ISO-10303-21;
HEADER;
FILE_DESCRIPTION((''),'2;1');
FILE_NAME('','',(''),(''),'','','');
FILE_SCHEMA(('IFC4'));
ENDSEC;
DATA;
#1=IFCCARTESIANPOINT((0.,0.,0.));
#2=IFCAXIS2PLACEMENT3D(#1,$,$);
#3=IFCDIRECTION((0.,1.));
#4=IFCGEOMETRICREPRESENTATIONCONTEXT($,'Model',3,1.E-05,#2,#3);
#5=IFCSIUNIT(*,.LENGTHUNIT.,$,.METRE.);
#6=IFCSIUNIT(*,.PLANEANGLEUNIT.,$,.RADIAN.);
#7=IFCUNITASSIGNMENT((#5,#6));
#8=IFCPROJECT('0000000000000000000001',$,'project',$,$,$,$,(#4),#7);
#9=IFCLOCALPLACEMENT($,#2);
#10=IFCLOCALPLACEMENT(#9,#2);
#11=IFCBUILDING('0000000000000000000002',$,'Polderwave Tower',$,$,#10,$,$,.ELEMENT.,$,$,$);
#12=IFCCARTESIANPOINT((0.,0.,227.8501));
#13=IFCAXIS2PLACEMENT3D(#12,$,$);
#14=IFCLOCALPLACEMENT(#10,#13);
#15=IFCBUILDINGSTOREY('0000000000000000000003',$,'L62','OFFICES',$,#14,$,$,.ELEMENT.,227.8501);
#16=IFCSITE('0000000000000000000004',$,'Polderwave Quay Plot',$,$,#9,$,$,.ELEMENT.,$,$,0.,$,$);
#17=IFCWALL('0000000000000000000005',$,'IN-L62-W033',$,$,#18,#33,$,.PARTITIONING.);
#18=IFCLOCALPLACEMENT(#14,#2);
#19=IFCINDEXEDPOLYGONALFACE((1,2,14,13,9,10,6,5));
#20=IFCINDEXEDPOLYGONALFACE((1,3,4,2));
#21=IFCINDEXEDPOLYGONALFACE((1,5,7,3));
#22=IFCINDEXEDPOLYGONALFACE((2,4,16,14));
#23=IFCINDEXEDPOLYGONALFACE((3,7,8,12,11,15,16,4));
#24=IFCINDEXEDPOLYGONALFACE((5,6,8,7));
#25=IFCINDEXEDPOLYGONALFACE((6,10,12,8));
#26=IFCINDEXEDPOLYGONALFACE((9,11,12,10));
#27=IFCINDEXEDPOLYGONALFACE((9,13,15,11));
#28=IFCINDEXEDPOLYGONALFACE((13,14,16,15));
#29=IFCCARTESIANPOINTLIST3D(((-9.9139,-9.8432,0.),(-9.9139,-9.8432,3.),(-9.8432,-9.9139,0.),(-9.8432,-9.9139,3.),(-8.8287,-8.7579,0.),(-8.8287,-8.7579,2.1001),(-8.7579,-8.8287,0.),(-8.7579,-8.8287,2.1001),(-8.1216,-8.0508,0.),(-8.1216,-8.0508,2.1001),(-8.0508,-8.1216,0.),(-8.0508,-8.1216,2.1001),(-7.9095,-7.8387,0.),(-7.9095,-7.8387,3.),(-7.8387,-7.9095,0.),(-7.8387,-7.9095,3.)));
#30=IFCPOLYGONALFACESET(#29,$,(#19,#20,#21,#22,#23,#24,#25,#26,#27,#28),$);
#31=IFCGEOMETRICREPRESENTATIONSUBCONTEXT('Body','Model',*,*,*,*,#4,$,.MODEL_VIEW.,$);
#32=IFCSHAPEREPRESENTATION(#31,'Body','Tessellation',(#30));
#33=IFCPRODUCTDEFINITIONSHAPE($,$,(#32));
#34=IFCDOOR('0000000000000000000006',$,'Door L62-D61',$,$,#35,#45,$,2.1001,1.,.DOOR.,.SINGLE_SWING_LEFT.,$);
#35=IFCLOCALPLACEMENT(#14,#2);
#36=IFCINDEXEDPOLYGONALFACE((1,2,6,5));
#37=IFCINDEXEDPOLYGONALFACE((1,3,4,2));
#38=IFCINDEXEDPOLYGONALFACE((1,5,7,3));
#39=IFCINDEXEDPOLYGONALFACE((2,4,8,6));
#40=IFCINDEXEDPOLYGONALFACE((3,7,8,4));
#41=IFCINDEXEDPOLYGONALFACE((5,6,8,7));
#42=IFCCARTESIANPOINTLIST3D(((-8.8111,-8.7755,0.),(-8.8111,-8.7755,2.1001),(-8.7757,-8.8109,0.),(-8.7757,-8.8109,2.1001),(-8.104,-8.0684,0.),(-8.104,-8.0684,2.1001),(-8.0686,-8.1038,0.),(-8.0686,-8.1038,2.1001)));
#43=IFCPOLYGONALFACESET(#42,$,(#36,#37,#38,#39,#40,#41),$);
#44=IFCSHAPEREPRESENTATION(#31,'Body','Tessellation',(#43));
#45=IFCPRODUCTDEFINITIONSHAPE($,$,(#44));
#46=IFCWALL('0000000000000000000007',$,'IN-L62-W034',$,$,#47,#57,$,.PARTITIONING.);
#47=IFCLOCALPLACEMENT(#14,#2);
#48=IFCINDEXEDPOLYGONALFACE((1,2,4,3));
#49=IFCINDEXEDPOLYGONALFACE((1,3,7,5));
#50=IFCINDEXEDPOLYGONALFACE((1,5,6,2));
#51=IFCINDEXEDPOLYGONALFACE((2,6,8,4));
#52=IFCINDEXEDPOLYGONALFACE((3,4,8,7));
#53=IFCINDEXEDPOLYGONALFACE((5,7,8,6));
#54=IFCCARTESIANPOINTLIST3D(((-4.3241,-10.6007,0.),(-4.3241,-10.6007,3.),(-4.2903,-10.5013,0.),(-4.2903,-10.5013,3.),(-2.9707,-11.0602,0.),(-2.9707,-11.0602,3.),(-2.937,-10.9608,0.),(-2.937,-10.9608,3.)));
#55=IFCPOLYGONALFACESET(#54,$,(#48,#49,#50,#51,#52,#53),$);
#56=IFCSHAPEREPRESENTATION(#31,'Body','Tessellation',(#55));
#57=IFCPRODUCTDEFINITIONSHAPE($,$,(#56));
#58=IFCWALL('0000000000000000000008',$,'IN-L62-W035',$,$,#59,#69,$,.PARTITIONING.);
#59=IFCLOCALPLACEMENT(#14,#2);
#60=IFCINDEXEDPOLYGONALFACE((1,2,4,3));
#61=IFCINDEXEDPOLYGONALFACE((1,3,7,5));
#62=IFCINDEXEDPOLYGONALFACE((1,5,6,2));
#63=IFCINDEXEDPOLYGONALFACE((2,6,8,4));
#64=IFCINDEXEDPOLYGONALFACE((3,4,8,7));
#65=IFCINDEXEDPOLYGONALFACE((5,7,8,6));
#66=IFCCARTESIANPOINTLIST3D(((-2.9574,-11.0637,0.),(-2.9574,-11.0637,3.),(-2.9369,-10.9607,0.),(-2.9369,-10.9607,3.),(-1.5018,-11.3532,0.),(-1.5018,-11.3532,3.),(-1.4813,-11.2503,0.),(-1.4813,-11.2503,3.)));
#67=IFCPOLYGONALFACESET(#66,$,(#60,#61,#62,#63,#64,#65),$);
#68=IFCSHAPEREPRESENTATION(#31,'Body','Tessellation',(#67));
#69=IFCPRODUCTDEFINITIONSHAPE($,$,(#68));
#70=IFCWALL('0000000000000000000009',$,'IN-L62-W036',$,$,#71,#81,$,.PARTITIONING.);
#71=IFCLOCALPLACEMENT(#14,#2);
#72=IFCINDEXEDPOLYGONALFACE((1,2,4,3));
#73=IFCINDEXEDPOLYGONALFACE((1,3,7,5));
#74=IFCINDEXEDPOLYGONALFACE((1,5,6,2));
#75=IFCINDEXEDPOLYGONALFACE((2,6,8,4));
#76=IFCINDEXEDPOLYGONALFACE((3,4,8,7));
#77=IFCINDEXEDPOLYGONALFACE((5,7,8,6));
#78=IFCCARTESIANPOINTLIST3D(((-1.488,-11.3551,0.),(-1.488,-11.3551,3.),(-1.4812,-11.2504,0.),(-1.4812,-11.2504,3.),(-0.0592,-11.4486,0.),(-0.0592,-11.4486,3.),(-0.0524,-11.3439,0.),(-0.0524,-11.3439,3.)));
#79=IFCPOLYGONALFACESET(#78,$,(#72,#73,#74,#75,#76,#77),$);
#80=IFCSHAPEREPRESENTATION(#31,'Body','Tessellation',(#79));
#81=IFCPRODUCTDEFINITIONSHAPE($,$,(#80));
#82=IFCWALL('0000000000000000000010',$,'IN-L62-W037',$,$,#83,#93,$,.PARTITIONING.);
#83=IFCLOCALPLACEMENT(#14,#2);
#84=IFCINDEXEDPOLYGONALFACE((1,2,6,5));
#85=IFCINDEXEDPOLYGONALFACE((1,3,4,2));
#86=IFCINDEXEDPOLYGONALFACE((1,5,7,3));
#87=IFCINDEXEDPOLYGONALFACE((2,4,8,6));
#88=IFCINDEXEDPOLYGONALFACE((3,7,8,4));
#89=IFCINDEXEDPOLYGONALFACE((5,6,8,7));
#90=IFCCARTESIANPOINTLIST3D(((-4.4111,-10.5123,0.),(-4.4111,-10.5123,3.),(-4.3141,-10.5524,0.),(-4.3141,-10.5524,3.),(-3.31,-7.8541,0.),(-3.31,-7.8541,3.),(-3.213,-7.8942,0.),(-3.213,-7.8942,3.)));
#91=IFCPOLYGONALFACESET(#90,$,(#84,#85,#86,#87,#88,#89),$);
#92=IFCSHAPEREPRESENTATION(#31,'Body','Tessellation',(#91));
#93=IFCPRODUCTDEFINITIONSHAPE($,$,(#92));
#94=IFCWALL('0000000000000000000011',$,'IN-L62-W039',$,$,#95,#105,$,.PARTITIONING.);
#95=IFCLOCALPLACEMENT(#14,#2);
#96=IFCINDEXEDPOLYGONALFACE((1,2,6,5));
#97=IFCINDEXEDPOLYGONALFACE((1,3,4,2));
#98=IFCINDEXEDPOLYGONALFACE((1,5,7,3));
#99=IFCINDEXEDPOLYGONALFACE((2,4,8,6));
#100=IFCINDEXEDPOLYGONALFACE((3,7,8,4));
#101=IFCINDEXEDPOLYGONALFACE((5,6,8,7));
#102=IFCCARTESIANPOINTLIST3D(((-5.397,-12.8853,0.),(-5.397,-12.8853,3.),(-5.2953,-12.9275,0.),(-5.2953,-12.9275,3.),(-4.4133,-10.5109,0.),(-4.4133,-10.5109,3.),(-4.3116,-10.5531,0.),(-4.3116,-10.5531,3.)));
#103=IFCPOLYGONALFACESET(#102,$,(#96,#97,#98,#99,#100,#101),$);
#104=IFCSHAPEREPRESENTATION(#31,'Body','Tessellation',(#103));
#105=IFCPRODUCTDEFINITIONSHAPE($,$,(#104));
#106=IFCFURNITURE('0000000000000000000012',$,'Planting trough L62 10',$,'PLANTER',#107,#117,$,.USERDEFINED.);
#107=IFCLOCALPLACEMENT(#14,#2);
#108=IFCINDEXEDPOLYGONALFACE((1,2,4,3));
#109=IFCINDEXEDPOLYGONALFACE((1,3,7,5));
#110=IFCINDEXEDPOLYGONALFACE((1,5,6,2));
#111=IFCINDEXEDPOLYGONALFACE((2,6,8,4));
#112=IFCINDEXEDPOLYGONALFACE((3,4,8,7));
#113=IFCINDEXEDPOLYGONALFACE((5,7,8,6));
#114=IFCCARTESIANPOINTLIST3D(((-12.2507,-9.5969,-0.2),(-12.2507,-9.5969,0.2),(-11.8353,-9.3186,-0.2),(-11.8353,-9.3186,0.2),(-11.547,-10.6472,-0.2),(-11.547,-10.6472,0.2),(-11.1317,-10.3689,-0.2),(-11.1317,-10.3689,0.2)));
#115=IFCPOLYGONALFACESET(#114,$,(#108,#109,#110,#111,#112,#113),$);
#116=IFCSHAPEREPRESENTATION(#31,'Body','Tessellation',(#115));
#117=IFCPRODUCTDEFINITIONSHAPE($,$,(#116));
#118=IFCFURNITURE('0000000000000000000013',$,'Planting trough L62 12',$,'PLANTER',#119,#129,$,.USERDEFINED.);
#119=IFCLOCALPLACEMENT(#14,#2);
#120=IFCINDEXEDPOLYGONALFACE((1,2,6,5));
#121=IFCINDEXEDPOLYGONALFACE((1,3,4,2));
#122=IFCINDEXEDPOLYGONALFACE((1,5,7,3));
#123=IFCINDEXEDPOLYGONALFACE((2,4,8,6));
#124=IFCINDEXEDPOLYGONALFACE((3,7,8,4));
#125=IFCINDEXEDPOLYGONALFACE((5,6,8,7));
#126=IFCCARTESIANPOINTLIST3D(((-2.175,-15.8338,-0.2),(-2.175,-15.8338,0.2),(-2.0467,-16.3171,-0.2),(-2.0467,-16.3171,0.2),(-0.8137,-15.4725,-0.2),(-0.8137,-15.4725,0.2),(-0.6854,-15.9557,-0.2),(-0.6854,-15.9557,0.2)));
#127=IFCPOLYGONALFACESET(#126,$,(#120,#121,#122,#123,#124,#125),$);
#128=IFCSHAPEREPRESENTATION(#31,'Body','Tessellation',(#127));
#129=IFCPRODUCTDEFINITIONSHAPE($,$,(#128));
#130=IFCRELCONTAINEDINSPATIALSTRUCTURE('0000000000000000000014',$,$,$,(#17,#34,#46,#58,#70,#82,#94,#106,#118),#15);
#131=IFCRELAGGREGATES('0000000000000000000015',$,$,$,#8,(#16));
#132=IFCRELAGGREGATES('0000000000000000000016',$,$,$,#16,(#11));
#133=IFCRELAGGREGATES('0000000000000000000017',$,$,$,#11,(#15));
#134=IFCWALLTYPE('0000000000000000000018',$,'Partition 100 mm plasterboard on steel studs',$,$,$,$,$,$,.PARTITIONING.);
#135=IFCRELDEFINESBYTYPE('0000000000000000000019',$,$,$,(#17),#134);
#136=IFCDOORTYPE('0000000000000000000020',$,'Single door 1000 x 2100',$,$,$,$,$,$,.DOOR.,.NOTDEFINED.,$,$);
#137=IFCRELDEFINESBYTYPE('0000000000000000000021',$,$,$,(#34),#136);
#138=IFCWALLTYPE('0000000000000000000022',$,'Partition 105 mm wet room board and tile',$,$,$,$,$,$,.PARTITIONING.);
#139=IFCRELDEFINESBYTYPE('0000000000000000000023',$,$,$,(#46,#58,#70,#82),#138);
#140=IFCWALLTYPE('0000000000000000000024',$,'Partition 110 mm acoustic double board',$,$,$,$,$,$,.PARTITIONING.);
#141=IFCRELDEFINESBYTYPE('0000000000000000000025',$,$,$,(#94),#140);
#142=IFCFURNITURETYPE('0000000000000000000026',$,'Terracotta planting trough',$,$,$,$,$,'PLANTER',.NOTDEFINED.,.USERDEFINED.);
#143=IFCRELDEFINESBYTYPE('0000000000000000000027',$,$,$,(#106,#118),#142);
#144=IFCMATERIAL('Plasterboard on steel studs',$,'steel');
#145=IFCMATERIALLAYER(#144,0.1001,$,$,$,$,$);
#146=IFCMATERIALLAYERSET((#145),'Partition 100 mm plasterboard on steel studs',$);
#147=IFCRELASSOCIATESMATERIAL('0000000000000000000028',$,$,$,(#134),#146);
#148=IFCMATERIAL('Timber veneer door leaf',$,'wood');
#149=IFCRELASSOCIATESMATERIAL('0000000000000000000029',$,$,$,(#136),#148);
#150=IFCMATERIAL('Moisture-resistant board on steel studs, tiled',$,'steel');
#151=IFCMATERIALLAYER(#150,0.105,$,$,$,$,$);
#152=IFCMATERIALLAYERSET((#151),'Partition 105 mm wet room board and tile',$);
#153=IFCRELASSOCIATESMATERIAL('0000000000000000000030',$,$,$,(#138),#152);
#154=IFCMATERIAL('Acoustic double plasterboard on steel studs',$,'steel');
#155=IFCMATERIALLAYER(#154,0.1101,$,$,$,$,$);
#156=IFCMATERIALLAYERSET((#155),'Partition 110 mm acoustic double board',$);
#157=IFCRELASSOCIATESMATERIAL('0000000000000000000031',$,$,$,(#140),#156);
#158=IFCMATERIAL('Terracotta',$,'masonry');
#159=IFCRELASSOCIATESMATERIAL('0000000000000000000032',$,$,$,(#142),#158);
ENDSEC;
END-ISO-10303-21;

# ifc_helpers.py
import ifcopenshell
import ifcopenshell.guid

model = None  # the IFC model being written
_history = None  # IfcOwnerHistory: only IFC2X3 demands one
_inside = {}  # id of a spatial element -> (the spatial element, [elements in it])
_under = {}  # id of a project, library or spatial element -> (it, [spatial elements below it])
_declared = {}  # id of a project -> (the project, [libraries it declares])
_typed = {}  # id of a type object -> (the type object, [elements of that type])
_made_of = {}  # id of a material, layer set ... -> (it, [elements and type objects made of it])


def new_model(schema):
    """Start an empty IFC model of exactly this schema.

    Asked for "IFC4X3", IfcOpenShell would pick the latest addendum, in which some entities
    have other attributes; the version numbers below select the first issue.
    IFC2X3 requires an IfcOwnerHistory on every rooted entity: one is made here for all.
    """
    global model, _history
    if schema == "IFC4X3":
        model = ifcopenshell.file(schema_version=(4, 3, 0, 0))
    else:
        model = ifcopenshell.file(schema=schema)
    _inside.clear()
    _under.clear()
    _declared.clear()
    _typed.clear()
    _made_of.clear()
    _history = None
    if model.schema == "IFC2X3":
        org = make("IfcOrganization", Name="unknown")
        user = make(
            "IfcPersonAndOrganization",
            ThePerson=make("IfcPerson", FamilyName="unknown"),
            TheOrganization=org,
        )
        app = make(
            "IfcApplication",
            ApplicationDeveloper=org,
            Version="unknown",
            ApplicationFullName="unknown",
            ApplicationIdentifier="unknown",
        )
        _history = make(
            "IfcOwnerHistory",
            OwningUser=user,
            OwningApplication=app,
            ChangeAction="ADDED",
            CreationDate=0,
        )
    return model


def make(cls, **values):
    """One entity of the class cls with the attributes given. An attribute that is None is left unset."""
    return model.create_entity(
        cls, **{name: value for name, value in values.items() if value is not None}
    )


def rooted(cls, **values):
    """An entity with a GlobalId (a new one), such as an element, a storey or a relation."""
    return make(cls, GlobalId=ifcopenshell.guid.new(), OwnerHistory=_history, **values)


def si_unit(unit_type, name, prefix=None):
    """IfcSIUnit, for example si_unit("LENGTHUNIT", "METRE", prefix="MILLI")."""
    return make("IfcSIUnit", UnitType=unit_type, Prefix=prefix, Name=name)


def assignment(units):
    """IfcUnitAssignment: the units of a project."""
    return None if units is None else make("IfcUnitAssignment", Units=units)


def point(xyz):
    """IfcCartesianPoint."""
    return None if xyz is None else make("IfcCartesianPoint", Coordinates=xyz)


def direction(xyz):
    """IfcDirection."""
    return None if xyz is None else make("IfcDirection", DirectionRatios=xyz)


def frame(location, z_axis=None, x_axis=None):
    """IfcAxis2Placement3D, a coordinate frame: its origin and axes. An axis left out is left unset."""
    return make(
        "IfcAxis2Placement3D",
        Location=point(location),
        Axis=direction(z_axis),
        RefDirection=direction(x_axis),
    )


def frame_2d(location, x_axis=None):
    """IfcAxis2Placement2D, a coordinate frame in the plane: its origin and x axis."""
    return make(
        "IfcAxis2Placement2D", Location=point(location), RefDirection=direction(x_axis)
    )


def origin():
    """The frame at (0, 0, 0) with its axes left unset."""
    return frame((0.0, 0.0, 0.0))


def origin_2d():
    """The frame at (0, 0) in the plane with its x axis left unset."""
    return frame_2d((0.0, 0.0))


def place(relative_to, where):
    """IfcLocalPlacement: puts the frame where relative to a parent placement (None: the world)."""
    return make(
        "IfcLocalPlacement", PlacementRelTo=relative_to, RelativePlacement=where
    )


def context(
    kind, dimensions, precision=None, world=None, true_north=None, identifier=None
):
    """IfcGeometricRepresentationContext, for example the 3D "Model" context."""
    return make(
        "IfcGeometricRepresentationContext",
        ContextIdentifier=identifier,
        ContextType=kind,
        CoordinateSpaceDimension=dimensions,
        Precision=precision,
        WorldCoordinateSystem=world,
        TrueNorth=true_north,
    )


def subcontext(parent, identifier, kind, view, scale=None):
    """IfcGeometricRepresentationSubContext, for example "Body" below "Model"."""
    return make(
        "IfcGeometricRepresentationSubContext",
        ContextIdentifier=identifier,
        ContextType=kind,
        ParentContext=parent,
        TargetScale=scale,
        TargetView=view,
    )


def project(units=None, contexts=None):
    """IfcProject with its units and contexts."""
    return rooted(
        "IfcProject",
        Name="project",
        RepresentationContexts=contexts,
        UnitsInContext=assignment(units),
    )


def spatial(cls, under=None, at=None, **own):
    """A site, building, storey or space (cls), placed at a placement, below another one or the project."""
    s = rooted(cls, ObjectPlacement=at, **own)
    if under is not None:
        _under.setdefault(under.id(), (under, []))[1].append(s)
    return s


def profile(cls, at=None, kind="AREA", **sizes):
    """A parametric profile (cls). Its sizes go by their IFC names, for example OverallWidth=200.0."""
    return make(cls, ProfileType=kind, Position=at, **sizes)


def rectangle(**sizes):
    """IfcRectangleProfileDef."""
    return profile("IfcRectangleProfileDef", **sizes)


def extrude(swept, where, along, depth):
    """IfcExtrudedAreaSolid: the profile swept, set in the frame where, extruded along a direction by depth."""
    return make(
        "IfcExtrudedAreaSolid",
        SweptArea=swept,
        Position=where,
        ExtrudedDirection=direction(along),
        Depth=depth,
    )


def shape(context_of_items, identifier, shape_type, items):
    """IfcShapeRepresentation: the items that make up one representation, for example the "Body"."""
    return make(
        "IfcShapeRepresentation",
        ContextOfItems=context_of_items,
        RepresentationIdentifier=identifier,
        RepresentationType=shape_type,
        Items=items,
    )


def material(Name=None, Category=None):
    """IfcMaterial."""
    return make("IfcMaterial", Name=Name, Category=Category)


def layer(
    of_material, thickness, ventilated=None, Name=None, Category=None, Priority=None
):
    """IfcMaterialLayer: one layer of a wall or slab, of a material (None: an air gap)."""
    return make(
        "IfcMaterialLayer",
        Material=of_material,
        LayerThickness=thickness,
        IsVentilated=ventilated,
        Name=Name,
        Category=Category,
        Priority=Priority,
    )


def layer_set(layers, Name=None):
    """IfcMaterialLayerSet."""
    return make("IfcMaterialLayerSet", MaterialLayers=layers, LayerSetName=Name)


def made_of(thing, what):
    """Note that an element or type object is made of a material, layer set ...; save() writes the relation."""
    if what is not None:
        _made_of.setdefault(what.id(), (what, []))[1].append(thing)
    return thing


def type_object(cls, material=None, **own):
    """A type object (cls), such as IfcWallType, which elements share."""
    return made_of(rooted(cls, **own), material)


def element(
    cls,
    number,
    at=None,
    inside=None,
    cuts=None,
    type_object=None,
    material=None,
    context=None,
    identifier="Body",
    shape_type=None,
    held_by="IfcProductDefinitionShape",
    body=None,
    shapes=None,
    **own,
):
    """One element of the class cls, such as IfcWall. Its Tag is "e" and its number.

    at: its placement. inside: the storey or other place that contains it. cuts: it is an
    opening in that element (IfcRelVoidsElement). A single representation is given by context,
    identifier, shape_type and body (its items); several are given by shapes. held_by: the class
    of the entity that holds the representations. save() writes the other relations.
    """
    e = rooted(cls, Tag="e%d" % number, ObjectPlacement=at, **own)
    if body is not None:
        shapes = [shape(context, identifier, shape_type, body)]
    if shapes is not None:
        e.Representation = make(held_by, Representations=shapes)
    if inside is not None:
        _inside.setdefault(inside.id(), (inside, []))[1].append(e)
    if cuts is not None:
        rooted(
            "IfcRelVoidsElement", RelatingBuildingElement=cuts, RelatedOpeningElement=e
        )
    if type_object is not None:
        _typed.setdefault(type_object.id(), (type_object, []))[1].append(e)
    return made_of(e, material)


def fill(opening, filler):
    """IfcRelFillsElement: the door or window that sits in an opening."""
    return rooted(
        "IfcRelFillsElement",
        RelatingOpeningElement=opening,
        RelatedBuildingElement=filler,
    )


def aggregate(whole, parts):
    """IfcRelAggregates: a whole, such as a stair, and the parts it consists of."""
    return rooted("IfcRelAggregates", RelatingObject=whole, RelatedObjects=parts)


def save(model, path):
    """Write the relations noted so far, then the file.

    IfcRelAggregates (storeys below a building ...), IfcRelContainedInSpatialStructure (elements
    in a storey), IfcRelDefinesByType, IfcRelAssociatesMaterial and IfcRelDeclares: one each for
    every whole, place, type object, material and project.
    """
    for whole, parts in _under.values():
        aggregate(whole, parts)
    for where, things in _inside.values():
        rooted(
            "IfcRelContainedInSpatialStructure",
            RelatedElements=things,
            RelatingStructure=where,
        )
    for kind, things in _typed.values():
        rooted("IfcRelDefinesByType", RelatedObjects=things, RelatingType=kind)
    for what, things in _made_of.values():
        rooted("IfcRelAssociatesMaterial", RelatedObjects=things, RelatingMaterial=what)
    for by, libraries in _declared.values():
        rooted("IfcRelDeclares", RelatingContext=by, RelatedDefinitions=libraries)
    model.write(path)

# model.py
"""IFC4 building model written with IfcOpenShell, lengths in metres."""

from ifc_helpers import new_model, si_unit, direction, frame, frame_2d, origin, origin_2d, place, context, subcontext, project, spatial, rectangle, extrude, material, layer, layer_set, type_object, element, fill, save


model = new_model("IFC4")

# Units and contexts
model_context = context("Model", 3, precision=1e-05, world=origin(), true_north=direction((0.0, 1.0)))
body_context = subcontext(model_context, "Body", "Model", "MODEL_VIEW")
ifc_project = project(units=[si_unit("LENGTHUNIT", "METRE"), si_unit("PLANEANGLEUNIT", "RADIAN")], contexts=[model_context])

# Site, building, storey
site_placement = place(None, origin())
site = spatial("IfcSite", under=ifc_project, at=site_placement, Name="Polderwave Quay Plot", CompositionType="ELEMENT", RefElevation=0.0)
building_placement = place(site_placement, origin())
building = spatial("IfcBuilding", under=site, at=building_placement, Name="Polderwave Tower", CompositionType="ELEMENT")
storey_placement = place(building_placement, frame((0.0, 0.0, 227.8501)))
storey = spatial("IfcBuildingStorey", under=building, at=storey_placement, Name="L62", Description="OFFICES", CompositionType="ELEMENT", Elevation=227.8501)

# Wall, opening, door
ifc_material_1 = material(Name="Plasterboard on steel studs", Category="steel")
ifc_layer_1 = layer(ifc_material_1, 0.1001)
ifc_layer_set_1 = layer_set([ifc_layer_1], Name="Partition 100 mm plasterboard on steel studs")
wall_type_1 = type_object("IfcWallType", Name="Partition 100 mm plasterboard on steel studs", PredefinedType="PARTITIONING", material=ifc_layer_set_1)
wall_1_placement = place(storey_placement, frame((-7.874, -7.874, 0.0), z_axis=(0.0, 0.0, 1.0), x_axis=(-0.707107, -0.707107, 0.0)))
wall_1 = element("IfcWall", 1, at=wall_1_placement, inside=storey, type_object=wall_type_1, Name="IN-L62-W033", PredefinedType="PARTITIONING", context=body_context, shape_type="SweptSolid", body=[
    extrude(rectangle(XDim=2.8347, YDim=0.1001, at=frame_2d((1.4175, 0.0))), origin(), (0.0, 0.0, 1.0), 3.0),
])
opening_placement = place(wall_1_placement, frame((0.3, 0.0, 0.0)))
opening = element("IfcOpeningElement", 2, at=opening_placement, cuts=wall_1, PredefinedType="OPENING", context=body_context, shape_type="SweptSolid", body=[
    extrude(rectangle(XDim=1.0, YDim=2.1001, at=frame_2d((0.5, 1.05))), frame((0.0, 0.0601, 0.0), z_axis=(0.0, -1.0, 0.0), x_axis=(1.0, 0.0, 0.0)), (0.0, 0.0, 1.0), 0.1201),
])
ifc_material_2 = material(Name="Timber veneer door leaf", Category="wood")
door_type = type_object("IfcDoorType", Name="Single door 1000 x 2100", OperationType="NOTDEFINED", PredefinedType="DOOR", material=ifc_material_2)
door_placement = place(opening_placement, origin())
door = element("IfcDoor", 3, at=door_placement, inside=storey, type_object=door_type, Name="Door L62-D61", OperationType="SINGLE_SWING_LEFT", OverallHeight=2.1001, OverallWidth=1.0, PredefinedType="DOOR", context=body_context, shape_type="SweptSolid", body=[
    extrude(rectangle(XDim=1.0, YDim=2.1001, at=frame_2d((0.5, 1.05))), frame((0.0, 0.0249, 0.0), z_axis=(0.0, -1.0, 0.0), x_axis=(1.0, 0.0, 0.0)), (0.0, 0.0, 1.0), 0.05),
])
fill(opening, door)

# Walls
ifc_material_3 = material(Name="Moisture-resistant board on steel studs, tiled", Category="steel")
ifc_layer_2 = layer(ifc_material_3, 0.105)
ifc_layer_set_2 = layer_set([ifc_layer_2], Name="Partition 105 mm wet room board and tile")
wall_type_2 = type_object("IfcWallType", Name="Partition 105 mm wet room board and tile", PredefinedType="PARTITIONING", material=ifc_layer_set_2)
wall_2_placement = place(storey_placement, frame((-2.9539, -11.0105, 0.0), z_axis=(0.0, 0.0, 1.0), x_axis=(-0.946909, 0.321502, 0.0)))
element("IfcWall", 4, at=wall_2_placement, inside=storey, type_object=wall_type_2, Name="IN-L62-W034", PredefinedType="PARTITIONING", context=body_context, shape_type="SweptSolid", body=[
    extrude(rectangle(XDim=1.4292, YDim=0.105, at=frame_2d((0.7146, 0.0))), origin(), (0.0, 0.0, 1.0), 3.0),
])
wall_3_placement = place(storey_placement, frame((-1.4915, -11.3018, 0.0), z_axis=(0.0, 0.0, 1.0), x_axis=(-0.980783, 0.195104, 0.0)))
element("IfcWall", 5, at=wall_3_placement, inside=storey, type_object=wall_type_2, Name="IN-L62-W035", PredefinedType="PARTITIONING", context=body_context, shape_type="SweptSolid", body=[
    extrude(rectangle(XDim=1.4841, YDim=0.105, at=frame_2d((0.7422, 0.0))), origin(), (0.0, 0.0, 1.0), 3.0),
])
wall_4_placement = place(storey_placement, frame((-0.0559, -11.3962, 0.0), z_axis=(0.0, 0.0, 1.0), x_axis=(-0.997865, 0.065308, 0.0)))
element("IfcWall", 6, at=wall_4_placement, inside=storey, type_object=wall_type_2, Name="IN-L62-W036", PredefinedType="PARTITIONING", context=body_context, shape_type="SweptSolid", body=[
    extrude(rectangle(XDim=1.4319, YDim=0.105, at=frame_2d((0.7158, 0.0))), origin(), (0.0, 0.0, 1.0), 3.0),
])
wall_5_placement = place(storey_placement, frame((-4.3625, -10.5322, 0.0), z_axis=(0.0, 0.0, 1.0), x_axis=(0.382687, 0.923878, 0.0)))
element("IfcWall", 7, at=wall_5_placement, inside=storey, type_object=wall_type_2, Name="IN-L62-W037", PredefinedType="PARTITIONING", context=body_context, shape_type="SweptSolid", body=[
    extrude(rectangle(XDim=2.8772, YDim=0.105, at=frame_2d((1.4385, 0.0))), origin(), (0.0, 0.0, 1.0), 3.0),
])
ifc_material_4 = material(Name="Acoustic double plasterboard on steel studs", Category="steel")
ifc_layer_3 = layer(ifc_material_4, 0.1101)
ifc_layer_set_3 = layer_set([ifc_layer_3], Name="Partition 110 mm acoustic double board")
wall_type_3 = type_object("IfcWallType", Name="Partition 110 mm acoustic double board", PredefinedType="PARTITIONING", material=ifc_layer_set_3)
wall_6_placement = place(storey_placement, frame((-5.3462, -12.9065, 0.0), z_axis=(0.0, 0.0, 1.0), x_axis=(0.382746, 0.923854, 0.0)))
element("IfcWall", 8, at=wall_6_placement, inside=storey, type_object=wall_type_3, Name="IN-L62-W039", PredefinedType="PARTITIONING", context=body_context, shape_type="SweptSolid", body=[
    extrude(rectangle(XDim=2.5701, YDim=0.1101, at=frame_2d((1.2852, 0.0))), origin(), (0.0, 0.0, 1.0), 3.0),
])

# Furniture
ifc_material_5 = material(Name="Terracotta", Category="masonry")
furniture_type = type_object("IfcFurnitureType", Name="Terracotta planting trough", ElementType="PLANTER", AssemblyPlace="NOTDEFINED", PredefinedType="USERDEFINED", material=ifc_material_5)
furniture_1_placement = place(storey_placement, frame((-11.6912, -9.9829, -0.2), z_axis=(0.0, 0.0, 1.0), x_axis=(0.556599, -0.830781, 0.0)))
element("IfcFurniture", 9, at=furniture_1_placement, inside=storey, type_object=furniture_type, Name="Planting trough L62 10", ObjectType="PLANTER", PredefinedType="USERDEFINED", context=body_context, shape_type="SweptSolid", body=[
    extrude(rectangle(XDim=1.2642, YDim=0.5, at=origin_2d()), origin(), (0.0, 0.0, 1.0), 0.3999),
])
furniture_2_placement = place(storey_placement, frame((-1.4302, -15.8948, -0.2), z_axis=(0.0, 0.0, 1.0), x_axis=(0.966525, 0.256571, 0.0)))
element("IfcFurniture", 10, at=furniture_2_placement, inside=storey, type_object=furniture_type, Name="Planting trough L62 12", ObjectType="PLANTER", PredefinedType="USERDEFINED", context=body_context, shape_type="SweptSolid", body=[
    extrude(rectangle(XDim=1.4084, YDim=0.5, at=origin_2d()), origin(), (0.0, 0.0, 1.0), 0.3999),
])

save(model, "model.ifc")
